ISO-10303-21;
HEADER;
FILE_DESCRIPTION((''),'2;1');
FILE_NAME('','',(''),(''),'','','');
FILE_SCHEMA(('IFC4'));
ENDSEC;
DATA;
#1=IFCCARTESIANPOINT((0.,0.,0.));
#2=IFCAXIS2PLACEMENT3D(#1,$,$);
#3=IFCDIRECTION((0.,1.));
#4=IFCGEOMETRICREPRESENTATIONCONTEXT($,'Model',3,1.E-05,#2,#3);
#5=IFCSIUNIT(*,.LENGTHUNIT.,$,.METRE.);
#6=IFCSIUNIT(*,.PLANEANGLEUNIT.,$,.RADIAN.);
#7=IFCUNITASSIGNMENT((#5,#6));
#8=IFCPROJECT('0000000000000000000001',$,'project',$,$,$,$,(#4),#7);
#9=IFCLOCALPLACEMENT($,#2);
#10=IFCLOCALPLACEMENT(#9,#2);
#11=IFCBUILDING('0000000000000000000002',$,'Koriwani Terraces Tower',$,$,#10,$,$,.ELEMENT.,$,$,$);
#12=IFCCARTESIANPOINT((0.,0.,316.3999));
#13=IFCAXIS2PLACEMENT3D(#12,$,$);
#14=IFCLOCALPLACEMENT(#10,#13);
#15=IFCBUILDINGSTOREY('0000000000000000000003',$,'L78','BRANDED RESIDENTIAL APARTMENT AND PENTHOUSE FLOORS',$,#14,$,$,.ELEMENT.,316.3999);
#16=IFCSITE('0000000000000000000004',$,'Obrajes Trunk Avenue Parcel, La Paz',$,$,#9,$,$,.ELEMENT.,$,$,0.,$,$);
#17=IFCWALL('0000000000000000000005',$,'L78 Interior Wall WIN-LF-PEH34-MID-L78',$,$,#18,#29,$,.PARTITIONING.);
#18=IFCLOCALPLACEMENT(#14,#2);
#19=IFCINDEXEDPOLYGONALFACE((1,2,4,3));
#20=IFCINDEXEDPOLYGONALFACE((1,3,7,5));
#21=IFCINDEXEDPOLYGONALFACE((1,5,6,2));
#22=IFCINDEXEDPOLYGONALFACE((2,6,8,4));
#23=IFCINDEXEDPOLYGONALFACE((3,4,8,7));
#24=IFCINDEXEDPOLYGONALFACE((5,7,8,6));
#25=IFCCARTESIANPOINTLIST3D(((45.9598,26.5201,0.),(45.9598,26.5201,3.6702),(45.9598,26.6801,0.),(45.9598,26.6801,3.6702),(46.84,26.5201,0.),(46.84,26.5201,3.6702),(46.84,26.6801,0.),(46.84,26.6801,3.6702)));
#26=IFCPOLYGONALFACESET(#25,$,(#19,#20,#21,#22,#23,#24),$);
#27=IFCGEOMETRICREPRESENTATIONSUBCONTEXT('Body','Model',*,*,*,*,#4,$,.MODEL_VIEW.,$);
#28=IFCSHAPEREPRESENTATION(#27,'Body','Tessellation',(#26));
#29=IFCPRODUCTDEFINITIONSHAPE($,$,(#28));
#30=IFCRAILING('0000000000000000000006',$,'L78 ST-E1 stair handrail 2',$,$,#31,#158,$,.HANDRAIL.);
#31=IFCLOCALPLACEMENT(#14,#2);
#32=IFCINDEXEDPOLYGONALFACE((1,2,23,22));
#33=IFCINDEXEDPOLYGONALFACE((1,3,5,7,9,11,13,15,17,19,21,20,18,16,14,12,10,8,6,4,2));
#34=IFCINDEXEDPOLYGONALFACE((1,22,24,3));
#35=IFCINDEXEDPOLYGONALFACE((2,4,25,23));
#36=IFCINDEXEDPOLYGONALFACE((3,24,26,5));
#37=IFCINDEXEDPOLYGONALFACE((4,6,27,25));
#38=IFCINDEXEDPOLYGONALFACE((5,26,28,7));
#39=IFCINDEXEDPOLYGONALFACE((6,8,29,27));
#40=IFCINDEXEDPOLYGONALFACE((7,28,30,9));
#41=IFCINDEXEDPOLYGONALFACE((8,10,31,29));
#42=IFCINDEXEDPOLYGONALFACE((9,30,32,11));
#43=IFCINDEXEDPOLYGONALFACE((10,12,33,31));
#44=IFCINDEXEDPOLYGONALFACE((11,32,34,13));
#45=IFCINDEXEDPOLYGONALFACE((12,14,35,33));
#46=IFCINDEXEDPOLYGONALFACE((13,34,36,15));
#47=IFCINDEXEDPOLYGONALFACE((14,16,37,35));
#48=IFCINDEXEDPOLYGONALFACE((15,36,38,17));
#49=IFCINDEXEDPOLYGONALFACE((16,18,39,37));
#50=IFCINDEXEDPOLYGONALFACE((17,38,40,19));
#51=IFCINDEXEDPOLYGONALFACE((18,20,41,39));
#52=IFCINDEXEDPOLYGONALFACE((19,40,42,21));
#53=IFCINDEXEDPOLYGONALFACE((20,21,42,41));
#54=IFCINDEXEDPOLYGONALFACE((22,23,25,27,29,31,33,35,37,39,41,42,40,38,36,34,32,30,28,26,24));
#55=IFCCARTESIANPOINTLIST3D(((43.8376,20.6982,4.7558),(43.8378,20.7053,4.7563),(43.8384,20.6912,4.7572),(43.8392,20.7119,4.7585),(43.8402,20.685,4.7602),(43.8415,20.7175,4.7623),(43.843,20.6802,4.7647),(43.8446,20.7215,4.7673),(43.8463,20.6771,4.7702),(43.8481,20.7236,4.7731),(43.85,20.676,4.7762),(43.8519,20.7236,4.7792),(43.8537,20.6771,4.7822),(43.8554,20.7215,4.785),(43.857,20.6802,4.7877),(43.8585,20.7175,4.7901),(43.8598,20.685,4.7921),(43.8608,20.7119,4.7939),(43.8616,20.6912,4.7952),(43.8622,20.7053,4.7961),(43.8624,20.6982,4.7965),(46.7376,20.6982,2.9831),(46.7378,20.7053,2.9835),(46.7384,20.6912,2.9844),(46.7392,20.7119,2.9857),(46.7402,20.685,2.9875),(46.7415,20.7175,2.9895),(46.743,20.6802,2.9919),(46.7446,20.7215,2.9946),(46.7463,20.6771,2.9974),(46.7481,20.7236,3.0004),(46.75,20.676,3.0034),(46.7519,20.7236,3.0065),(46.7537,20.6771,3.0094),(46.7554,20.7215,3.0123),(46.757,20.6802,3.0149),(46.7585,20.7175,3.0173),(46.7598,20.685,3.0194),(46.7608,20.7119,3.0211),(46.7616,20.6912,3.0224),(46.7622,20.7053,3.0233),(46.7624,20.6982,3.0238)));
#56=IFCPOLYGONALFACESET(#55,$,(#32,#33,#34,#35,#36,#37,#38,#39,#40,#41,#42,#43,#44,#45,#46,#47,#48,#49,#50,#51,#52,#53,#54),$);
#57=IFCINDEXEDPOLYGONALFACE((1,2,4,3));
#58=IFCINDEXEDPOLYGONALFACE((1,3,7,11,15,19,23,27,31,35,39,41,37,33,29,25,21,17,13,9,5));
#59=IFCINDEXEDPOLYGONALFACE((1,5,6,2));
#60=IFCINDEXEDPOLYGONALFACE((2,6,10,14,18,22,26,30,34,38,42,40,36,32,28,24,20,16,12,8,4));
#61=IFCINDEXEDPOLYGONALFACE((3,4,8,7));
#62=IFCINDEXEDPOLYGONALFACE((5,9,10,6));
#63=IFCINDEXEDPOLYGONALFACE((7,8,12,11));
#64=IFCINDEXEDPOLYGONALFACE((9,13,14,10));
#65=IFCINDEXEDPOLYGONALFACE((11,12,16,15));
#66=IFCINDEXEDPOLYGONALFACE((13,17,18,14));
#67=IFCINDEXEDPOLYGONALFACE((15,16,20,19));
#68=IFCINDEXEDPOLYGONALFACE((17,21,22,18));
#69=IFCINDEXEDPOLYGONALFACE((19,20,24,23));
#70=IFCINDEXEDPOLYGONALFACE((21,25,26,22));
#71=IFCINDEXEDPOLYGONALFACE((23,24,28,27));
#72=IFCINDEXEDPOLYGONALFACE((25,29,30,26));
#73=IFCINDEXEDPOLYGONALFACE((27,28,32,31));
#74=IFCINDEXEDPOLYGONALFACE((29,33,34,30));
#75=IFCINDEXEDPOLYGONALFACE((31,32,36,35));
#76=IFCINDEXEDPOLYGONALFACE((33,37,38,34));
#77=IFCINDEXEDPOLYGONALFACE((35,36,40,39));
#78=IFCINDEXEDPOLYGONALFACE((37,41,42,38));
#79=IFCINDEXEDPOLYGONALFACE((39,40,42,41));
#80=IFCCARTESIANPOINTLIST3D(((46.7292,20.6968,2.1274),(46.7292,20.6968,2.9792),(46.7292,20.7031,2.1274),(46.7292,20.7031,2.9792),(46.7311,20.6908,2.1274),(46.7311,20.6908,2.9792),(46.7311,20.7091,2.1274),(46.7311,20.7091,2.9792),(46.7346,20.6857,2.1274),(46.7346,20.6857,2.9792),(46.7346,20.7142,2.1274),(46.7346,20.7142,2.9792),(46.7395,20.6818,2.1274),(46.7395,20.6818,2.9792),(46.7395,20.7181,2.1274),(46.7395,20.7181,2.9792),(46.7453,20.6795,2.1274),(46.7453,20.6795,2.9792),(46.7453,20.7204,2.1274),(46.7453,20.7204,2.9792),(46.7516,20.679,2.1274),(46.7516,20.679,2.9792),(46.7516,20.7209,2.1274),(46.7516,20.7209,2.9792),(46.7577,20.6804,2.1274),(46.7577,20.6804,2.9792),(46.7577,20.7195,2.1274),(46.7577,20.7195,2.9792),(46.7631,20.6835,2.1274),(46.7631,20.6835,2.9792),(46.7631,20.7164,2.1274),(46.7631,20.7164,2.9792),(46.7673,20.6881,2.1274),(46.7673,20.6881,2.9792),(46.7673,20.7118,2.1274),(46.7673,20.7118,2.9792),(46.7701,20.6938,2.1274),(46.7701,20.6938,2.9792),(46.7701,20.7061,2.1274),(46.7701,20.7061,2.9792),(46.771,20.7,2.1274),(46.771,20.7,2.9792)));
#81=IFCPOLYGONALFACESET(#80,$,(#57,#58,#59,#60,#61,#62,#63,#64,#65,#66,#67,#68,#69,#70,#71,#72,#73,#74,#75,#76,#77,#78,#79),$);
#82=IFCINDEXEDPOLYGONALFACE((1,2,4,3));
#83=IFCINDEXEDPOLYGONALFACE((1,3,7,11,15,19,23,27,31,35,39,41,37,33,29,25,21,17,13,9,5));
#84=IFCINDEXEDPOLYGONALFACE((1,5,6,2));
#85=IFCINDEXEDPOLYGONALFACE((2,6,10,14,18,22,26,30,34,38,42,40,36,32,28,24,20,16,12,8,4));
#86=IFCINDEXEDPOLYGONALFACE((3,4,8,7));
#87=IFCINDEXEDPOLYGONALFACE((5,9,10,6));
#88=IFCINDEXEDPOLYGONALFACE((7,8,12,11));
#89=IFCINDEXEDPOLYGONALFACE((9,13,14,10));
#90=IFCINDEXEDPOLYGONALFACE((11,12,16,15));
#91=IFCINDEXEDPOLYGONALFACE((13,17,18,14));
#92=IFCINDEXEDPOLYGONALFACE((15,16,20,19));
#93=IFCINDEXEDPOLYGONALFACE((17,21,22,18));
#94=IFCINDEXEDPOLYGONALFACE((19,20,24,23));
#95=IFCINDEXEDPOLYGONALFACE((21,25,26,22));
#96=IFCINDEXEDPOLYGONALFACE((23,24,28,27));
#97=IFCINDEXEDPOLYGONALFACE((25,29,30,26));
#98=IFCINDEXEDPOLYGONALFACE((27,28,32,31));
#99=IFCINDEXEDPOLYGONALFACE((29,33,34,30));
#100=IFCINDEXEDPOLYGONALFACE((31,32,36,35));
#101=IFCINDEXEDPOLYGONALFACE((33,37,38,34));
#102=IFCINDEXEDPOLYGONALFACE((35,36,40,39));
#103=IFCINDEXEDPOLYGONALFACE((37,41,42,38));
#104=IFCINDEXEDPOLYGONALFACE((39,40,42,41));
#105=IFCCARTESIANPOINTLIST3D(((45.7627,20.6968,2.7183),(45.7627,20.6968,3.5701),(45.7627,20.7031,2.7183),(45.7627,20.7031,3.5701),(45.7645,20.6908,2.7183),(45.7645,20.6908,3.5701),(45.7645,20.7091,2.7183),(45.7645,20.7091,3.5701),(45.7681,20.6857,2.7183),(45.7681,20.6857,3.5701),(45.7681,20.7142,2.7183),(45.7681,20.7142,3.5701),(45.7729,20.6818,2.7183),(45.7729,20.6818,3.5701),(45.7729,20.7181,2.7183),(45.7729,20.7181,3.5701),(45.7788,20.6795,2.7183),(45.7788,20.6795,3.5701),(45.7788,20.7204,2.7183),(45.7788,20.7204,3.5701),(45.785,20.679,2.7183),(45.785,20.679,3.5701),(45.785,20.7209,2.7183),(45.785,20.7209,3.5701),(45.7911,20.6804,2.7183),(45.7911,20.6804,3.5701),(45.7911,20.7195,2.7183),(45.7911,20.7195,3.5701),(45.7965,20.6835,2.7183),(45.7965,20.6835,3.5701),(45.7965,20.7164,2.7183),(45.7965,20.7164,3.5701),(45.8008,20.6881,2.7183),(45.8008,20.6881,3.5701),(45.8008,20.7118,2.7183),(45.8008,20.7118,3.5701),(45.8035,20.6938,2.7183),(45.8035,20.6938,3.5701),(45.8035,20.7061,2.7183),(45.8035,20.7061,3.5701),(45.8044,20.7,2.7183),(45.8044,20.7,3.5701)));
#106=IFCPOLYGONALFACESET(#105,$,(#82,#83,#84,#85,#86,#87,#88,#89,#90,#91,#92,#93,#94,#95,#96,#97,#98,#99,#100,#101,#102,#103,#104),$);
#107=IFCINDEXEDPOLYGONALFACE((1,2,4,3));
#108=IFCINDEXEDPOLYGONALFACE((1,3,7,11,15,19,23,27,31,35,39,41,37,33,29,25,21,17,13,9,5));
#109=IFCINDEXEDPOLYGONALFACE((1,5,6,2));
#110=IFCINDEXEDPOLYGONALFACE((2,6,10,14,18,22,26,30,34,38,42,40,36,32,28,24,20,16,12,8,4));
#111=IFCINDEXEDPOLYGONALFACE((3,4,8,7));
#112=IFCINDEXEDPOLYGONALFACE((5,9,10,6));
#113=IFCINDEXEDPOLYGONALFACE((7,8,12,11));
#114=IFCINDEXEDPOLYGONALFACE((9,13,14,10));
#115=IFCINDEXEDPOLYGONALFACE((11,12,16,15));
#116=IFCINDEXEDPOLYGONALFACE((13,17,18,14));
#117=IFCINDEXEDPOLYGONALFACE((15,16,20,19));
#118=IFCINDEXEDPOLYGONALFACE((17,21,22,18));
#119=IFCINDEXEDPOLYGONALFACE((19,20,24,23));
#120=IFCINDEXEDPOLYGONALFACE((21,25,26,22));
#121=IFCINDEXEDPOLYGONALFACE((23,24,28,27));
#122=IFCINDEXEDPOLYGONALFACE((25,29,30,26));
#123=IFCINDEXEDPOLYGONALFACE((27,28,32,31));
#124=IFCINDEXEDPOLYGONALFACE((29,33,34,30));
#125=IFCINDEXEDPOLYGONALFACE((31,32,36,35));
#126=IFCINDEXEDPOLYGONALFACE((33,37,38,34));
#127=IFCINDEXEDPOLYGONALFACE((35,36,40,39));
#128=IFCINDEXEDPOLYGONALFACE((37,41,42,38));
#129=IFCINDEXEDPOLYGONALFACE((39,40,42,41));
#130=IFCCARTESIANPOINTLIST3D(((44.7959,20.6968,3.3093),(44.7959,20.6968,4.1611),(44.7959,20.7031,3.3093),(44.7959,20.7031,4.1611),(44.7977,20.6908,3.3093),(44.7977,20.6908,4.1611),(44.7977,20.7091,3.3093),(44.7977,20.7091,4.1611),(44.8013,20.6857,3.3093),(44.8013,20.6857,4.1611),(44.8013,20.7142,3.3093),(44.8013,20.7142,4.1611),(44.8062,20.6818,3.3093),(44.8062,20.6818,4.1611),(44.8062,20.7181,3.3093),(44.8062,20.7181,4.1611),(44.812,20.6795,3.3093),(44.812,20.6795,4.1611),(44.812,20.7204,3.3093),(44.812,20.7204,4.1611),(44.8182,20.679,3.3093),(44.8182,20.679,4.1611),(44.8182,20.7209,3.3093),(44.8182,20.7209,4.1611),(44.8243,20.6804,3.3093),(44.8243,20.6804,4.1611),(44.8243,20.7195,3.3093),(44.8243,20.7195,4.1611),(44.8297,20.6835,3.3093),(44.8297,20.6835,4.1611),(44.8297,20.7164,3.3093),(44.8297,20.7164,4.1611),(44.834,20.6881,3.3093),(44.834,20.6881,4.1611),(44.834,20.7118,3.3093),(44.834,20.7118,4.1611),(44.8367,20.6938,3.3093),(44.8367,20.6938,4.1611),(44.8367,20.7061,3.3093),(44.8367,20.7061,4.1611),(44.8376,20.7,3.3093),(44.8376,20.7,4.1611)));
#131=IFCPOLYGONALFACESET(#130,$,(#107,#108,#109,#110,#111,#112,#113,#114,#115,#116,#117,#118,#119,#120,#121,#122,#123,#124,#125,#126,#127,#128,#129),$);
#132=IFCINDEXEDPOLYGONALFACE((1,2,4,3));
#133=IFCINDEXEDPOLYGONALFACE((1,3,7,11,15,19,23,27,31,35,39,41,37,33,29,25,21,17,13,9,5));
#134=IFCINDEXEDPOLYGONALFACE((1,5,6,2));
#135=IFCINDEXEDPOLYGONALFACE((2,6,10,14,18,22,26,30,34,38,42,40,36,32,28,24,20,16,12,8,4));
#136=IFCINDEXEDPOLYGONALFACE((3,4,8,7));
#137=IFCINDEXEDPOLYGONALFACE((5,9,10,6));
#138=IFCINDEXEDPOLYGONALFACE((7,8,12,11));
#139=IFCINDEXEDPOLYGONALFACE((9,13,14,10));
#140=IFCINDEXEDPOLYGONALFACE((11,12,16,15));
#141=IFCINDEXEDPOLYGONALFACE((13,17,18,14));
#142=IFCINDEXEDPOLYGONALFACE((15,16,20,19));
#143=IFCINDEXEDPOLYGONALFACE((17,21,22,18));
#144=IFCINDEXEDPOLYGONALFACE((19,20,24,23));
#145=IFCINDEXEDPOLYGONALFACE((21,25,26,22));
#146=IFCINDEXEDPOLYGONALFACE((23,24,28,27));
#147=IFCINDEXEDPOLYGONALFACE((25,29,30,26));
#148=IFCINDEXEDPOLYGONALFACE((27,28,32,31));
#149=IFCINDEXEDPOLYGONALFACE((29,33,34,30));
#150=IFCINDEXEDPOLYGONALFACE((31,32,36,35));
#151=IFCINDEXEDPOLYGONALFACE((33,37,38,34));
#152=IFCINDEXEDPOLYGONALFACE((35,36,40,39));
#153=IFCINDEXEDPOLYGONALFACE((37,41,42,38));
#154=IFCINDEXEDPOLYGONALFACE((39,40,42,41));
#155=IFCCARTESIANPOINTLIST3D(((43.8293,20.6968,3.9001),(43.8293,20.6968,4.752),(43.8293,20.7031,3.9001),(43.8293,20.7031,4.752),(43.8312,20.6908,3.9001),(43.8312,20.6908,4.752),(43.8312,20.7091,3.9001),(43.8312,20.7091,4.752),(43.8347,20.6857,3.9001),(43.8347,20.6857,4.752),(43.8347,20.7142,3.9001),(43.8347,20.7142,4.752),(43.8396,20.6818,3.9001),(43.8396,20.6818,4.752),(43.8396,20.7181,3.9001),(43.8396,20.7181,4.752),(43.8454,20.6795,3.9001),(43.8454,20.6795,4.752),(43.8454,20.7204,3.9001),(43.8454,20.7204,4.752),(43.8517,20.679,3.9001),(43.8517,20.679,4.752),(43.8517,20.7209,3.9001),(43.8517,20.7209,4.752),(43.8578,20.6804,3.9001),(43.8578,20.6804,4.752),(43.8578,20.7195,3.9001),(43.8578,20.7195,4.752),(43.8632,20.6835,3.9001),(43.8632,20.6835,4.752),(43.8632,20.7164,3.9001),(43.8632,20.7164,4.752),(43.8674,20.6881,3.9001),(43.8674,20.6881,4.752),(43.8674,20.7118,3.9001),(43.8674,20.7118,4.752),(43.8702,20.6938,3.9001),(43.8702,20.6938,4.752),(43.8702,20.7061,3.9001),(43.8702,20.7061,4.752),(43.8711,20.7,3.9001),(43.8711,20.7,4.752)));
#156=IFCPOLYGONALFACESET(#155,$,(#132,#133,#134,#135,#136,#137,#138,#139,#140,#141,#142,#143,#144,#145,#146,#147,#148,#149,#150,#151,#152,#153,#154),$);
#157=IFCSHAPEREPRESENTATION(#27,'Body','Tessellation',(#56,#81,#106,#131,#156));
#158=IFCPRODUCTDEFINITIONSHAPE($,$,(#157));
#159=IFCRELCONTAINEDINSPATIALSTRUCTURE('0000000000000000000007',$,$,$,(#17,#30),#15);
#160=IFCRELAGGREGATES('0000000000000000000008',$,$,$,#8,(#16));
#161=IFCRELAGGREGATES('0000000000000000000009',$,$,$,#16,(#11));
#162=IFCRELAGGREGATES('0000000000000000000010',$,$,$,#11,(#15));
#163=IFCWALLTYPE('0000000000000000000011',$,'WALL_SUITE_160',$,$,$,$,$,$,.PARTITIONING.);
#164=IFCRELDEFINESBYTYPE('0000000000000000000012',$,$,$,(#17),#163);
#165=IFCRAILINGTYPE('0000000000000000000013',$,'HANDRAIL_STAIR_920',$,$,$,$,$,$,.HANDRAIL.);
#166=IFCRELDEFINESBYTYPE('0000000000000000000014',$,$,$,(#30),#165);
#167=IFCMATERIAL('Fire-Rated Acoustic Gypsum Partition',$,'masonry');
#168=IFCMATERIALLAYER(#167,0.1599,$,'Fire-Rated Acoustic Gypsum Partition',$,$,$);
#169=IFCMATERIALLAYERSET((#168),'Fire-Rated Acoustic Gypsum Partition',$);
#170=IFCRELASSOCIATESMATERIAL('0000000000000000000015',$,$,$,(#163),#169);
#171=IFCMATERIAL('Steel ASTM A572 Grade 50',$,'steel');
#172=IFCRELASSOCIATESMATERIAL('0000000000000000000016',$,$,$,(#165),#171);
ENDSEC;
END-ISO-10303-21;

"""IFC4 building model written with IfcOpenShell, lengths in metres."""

from ifc_helpers import new_model, si_unit, direction, frame, frame_2d, origin, origin_2d, place, context, subcontext, project, spatial, rectangle, circle, extrude, material, layer, layer_set, type_object, element, save


model = new_model("IFC4")

# Units and contexts
model_context = context("Model", 3, precision=1e-05, world=origin(), true_north=direction((0.0, 1.0)))
body_context = subcontext(model_context, "Body", "Model", "MODEL_VIEW")
ifc_project = project(units=[si_unit("LENGTHUNIT", "METRE"), si_unit("PLANEANGLEUNIT", "RADIAN")], contexts=[model_context])

# Site, building, storey
site_placement = place(None, origin())
site = spatial("IfcSite", under=ifc_project, at=site_placement, Name="Obrajes Trunk Avenue Parcel, La Paz", CompositionType="ELEMENT", RefElevation=0.0)
building_placement = place(site_placement, origin())
building = spatial("IfcBuilding", under=site, at=building_placement, Name="Koriwani Terraces Tower", CompositionType="ELEMENT")
storey_placement = place(building_placement, frame((0.0, 0.0, 316.3999)))
storey = spatial("IfcBuildingStorey", under=building, at=storey_placement, Name="L78", Description="BRANDED RESIDENTIAL APARTMENT AND PENTHOUSE FLOORS", CompositionType="ELEMENT", Elevation=316.3999)

# Shared definitions
ifc_material_1 = material(Name="Steel ASTM A572 Grade 50", Category="steel")

# Wall
ifc_material_2 = material(Name="Fire-Rated Acoustic Gypsum Partition", Category="masonry")
ifc_layer_1 = layer(ifc_material_2, 0.1599, Name="Fire-Rated Acoustic Gypsum Partition")
ifc_layer_set_1 = layer_set([ifc_layer_1], Name="Fire-Rated Acoustic Gypsum Partition")
wall_type_1 = type_object("IfcWallType", Name="WALL_SUITE_160", PredefinedType="PARTITIONING", material=ifc_layer_set_1)
wall_1_placement = place(storey_placement, frame((45.96, 26.6001, 0.0), z_axis=(0.0, 0.0, 1.0), x_axis=(1.0, 0.0, 0.0)))
element("IfcWall", 1, at=wall_1_placement, inside=storey, type_object=wall_type_1, Name="L78 Interior Wall WIN-LF-PEH34-MID-L78", PredefinedType="PARTITIONING", context=body_context, shape_type="SweptSolid", body=[
    extrude(rectangle(XDim=0.8801, YDim=0.1599, at=frame_2d((0.4399, 0.0))), origin(), (0.0, 0.0, 1.0), 3.6702),
])

# Railing
railing_type = type_object("IfcRailingType", Name="HANDRAIL_STAIR_920", PredefinedType="HANDRAIL", material=ifc_material_1)
railing_placement = place(storey_placement, frame((46.75, 20.7, 2.1274)))
element("IfcRailing", 2, at=railing_placement, inside=storey, type_object=railing_type, Name="L78 ST-E1 stair handrail 2", PredefinedType="HANDRAIL", context=body_context, shape_type="SweptSolid", body=[
    extrude(circle(Radius=0.0239, at=origin_2d()), frame((0.0, 0.0, 0.876), z_axis=(-0.853211, 0.0, 0.521566), x_axis=(0.0, -1.0, 0.0)), (0.0, 0.0, 1.0), 3.3989),
    extrude(circle(Radius=0.021, at=origin_2d()), origin(), (0.0, 0.0, 1.0), 0.8518),
    extrude(circle(Radius=0.021, at=origin_2d()), frame((-0.9666, 0.0, 0.5908)), (0.0, 0.0, 1.0), 0.8518),
    extrude(circle(Radius=0.021, at=origin_2d()), frame((-1.9333, 0.0, 1.1819)), (0.0, 0.0, 1.0), 0.8518),
    extrude(circle(Radius=0.021, at=origin_2d()), frame((-2.8999, 0.0, 1.7727)), (0.0, 0.0, 1.0), 0.8518),
])

save(model, "model.ifc")
